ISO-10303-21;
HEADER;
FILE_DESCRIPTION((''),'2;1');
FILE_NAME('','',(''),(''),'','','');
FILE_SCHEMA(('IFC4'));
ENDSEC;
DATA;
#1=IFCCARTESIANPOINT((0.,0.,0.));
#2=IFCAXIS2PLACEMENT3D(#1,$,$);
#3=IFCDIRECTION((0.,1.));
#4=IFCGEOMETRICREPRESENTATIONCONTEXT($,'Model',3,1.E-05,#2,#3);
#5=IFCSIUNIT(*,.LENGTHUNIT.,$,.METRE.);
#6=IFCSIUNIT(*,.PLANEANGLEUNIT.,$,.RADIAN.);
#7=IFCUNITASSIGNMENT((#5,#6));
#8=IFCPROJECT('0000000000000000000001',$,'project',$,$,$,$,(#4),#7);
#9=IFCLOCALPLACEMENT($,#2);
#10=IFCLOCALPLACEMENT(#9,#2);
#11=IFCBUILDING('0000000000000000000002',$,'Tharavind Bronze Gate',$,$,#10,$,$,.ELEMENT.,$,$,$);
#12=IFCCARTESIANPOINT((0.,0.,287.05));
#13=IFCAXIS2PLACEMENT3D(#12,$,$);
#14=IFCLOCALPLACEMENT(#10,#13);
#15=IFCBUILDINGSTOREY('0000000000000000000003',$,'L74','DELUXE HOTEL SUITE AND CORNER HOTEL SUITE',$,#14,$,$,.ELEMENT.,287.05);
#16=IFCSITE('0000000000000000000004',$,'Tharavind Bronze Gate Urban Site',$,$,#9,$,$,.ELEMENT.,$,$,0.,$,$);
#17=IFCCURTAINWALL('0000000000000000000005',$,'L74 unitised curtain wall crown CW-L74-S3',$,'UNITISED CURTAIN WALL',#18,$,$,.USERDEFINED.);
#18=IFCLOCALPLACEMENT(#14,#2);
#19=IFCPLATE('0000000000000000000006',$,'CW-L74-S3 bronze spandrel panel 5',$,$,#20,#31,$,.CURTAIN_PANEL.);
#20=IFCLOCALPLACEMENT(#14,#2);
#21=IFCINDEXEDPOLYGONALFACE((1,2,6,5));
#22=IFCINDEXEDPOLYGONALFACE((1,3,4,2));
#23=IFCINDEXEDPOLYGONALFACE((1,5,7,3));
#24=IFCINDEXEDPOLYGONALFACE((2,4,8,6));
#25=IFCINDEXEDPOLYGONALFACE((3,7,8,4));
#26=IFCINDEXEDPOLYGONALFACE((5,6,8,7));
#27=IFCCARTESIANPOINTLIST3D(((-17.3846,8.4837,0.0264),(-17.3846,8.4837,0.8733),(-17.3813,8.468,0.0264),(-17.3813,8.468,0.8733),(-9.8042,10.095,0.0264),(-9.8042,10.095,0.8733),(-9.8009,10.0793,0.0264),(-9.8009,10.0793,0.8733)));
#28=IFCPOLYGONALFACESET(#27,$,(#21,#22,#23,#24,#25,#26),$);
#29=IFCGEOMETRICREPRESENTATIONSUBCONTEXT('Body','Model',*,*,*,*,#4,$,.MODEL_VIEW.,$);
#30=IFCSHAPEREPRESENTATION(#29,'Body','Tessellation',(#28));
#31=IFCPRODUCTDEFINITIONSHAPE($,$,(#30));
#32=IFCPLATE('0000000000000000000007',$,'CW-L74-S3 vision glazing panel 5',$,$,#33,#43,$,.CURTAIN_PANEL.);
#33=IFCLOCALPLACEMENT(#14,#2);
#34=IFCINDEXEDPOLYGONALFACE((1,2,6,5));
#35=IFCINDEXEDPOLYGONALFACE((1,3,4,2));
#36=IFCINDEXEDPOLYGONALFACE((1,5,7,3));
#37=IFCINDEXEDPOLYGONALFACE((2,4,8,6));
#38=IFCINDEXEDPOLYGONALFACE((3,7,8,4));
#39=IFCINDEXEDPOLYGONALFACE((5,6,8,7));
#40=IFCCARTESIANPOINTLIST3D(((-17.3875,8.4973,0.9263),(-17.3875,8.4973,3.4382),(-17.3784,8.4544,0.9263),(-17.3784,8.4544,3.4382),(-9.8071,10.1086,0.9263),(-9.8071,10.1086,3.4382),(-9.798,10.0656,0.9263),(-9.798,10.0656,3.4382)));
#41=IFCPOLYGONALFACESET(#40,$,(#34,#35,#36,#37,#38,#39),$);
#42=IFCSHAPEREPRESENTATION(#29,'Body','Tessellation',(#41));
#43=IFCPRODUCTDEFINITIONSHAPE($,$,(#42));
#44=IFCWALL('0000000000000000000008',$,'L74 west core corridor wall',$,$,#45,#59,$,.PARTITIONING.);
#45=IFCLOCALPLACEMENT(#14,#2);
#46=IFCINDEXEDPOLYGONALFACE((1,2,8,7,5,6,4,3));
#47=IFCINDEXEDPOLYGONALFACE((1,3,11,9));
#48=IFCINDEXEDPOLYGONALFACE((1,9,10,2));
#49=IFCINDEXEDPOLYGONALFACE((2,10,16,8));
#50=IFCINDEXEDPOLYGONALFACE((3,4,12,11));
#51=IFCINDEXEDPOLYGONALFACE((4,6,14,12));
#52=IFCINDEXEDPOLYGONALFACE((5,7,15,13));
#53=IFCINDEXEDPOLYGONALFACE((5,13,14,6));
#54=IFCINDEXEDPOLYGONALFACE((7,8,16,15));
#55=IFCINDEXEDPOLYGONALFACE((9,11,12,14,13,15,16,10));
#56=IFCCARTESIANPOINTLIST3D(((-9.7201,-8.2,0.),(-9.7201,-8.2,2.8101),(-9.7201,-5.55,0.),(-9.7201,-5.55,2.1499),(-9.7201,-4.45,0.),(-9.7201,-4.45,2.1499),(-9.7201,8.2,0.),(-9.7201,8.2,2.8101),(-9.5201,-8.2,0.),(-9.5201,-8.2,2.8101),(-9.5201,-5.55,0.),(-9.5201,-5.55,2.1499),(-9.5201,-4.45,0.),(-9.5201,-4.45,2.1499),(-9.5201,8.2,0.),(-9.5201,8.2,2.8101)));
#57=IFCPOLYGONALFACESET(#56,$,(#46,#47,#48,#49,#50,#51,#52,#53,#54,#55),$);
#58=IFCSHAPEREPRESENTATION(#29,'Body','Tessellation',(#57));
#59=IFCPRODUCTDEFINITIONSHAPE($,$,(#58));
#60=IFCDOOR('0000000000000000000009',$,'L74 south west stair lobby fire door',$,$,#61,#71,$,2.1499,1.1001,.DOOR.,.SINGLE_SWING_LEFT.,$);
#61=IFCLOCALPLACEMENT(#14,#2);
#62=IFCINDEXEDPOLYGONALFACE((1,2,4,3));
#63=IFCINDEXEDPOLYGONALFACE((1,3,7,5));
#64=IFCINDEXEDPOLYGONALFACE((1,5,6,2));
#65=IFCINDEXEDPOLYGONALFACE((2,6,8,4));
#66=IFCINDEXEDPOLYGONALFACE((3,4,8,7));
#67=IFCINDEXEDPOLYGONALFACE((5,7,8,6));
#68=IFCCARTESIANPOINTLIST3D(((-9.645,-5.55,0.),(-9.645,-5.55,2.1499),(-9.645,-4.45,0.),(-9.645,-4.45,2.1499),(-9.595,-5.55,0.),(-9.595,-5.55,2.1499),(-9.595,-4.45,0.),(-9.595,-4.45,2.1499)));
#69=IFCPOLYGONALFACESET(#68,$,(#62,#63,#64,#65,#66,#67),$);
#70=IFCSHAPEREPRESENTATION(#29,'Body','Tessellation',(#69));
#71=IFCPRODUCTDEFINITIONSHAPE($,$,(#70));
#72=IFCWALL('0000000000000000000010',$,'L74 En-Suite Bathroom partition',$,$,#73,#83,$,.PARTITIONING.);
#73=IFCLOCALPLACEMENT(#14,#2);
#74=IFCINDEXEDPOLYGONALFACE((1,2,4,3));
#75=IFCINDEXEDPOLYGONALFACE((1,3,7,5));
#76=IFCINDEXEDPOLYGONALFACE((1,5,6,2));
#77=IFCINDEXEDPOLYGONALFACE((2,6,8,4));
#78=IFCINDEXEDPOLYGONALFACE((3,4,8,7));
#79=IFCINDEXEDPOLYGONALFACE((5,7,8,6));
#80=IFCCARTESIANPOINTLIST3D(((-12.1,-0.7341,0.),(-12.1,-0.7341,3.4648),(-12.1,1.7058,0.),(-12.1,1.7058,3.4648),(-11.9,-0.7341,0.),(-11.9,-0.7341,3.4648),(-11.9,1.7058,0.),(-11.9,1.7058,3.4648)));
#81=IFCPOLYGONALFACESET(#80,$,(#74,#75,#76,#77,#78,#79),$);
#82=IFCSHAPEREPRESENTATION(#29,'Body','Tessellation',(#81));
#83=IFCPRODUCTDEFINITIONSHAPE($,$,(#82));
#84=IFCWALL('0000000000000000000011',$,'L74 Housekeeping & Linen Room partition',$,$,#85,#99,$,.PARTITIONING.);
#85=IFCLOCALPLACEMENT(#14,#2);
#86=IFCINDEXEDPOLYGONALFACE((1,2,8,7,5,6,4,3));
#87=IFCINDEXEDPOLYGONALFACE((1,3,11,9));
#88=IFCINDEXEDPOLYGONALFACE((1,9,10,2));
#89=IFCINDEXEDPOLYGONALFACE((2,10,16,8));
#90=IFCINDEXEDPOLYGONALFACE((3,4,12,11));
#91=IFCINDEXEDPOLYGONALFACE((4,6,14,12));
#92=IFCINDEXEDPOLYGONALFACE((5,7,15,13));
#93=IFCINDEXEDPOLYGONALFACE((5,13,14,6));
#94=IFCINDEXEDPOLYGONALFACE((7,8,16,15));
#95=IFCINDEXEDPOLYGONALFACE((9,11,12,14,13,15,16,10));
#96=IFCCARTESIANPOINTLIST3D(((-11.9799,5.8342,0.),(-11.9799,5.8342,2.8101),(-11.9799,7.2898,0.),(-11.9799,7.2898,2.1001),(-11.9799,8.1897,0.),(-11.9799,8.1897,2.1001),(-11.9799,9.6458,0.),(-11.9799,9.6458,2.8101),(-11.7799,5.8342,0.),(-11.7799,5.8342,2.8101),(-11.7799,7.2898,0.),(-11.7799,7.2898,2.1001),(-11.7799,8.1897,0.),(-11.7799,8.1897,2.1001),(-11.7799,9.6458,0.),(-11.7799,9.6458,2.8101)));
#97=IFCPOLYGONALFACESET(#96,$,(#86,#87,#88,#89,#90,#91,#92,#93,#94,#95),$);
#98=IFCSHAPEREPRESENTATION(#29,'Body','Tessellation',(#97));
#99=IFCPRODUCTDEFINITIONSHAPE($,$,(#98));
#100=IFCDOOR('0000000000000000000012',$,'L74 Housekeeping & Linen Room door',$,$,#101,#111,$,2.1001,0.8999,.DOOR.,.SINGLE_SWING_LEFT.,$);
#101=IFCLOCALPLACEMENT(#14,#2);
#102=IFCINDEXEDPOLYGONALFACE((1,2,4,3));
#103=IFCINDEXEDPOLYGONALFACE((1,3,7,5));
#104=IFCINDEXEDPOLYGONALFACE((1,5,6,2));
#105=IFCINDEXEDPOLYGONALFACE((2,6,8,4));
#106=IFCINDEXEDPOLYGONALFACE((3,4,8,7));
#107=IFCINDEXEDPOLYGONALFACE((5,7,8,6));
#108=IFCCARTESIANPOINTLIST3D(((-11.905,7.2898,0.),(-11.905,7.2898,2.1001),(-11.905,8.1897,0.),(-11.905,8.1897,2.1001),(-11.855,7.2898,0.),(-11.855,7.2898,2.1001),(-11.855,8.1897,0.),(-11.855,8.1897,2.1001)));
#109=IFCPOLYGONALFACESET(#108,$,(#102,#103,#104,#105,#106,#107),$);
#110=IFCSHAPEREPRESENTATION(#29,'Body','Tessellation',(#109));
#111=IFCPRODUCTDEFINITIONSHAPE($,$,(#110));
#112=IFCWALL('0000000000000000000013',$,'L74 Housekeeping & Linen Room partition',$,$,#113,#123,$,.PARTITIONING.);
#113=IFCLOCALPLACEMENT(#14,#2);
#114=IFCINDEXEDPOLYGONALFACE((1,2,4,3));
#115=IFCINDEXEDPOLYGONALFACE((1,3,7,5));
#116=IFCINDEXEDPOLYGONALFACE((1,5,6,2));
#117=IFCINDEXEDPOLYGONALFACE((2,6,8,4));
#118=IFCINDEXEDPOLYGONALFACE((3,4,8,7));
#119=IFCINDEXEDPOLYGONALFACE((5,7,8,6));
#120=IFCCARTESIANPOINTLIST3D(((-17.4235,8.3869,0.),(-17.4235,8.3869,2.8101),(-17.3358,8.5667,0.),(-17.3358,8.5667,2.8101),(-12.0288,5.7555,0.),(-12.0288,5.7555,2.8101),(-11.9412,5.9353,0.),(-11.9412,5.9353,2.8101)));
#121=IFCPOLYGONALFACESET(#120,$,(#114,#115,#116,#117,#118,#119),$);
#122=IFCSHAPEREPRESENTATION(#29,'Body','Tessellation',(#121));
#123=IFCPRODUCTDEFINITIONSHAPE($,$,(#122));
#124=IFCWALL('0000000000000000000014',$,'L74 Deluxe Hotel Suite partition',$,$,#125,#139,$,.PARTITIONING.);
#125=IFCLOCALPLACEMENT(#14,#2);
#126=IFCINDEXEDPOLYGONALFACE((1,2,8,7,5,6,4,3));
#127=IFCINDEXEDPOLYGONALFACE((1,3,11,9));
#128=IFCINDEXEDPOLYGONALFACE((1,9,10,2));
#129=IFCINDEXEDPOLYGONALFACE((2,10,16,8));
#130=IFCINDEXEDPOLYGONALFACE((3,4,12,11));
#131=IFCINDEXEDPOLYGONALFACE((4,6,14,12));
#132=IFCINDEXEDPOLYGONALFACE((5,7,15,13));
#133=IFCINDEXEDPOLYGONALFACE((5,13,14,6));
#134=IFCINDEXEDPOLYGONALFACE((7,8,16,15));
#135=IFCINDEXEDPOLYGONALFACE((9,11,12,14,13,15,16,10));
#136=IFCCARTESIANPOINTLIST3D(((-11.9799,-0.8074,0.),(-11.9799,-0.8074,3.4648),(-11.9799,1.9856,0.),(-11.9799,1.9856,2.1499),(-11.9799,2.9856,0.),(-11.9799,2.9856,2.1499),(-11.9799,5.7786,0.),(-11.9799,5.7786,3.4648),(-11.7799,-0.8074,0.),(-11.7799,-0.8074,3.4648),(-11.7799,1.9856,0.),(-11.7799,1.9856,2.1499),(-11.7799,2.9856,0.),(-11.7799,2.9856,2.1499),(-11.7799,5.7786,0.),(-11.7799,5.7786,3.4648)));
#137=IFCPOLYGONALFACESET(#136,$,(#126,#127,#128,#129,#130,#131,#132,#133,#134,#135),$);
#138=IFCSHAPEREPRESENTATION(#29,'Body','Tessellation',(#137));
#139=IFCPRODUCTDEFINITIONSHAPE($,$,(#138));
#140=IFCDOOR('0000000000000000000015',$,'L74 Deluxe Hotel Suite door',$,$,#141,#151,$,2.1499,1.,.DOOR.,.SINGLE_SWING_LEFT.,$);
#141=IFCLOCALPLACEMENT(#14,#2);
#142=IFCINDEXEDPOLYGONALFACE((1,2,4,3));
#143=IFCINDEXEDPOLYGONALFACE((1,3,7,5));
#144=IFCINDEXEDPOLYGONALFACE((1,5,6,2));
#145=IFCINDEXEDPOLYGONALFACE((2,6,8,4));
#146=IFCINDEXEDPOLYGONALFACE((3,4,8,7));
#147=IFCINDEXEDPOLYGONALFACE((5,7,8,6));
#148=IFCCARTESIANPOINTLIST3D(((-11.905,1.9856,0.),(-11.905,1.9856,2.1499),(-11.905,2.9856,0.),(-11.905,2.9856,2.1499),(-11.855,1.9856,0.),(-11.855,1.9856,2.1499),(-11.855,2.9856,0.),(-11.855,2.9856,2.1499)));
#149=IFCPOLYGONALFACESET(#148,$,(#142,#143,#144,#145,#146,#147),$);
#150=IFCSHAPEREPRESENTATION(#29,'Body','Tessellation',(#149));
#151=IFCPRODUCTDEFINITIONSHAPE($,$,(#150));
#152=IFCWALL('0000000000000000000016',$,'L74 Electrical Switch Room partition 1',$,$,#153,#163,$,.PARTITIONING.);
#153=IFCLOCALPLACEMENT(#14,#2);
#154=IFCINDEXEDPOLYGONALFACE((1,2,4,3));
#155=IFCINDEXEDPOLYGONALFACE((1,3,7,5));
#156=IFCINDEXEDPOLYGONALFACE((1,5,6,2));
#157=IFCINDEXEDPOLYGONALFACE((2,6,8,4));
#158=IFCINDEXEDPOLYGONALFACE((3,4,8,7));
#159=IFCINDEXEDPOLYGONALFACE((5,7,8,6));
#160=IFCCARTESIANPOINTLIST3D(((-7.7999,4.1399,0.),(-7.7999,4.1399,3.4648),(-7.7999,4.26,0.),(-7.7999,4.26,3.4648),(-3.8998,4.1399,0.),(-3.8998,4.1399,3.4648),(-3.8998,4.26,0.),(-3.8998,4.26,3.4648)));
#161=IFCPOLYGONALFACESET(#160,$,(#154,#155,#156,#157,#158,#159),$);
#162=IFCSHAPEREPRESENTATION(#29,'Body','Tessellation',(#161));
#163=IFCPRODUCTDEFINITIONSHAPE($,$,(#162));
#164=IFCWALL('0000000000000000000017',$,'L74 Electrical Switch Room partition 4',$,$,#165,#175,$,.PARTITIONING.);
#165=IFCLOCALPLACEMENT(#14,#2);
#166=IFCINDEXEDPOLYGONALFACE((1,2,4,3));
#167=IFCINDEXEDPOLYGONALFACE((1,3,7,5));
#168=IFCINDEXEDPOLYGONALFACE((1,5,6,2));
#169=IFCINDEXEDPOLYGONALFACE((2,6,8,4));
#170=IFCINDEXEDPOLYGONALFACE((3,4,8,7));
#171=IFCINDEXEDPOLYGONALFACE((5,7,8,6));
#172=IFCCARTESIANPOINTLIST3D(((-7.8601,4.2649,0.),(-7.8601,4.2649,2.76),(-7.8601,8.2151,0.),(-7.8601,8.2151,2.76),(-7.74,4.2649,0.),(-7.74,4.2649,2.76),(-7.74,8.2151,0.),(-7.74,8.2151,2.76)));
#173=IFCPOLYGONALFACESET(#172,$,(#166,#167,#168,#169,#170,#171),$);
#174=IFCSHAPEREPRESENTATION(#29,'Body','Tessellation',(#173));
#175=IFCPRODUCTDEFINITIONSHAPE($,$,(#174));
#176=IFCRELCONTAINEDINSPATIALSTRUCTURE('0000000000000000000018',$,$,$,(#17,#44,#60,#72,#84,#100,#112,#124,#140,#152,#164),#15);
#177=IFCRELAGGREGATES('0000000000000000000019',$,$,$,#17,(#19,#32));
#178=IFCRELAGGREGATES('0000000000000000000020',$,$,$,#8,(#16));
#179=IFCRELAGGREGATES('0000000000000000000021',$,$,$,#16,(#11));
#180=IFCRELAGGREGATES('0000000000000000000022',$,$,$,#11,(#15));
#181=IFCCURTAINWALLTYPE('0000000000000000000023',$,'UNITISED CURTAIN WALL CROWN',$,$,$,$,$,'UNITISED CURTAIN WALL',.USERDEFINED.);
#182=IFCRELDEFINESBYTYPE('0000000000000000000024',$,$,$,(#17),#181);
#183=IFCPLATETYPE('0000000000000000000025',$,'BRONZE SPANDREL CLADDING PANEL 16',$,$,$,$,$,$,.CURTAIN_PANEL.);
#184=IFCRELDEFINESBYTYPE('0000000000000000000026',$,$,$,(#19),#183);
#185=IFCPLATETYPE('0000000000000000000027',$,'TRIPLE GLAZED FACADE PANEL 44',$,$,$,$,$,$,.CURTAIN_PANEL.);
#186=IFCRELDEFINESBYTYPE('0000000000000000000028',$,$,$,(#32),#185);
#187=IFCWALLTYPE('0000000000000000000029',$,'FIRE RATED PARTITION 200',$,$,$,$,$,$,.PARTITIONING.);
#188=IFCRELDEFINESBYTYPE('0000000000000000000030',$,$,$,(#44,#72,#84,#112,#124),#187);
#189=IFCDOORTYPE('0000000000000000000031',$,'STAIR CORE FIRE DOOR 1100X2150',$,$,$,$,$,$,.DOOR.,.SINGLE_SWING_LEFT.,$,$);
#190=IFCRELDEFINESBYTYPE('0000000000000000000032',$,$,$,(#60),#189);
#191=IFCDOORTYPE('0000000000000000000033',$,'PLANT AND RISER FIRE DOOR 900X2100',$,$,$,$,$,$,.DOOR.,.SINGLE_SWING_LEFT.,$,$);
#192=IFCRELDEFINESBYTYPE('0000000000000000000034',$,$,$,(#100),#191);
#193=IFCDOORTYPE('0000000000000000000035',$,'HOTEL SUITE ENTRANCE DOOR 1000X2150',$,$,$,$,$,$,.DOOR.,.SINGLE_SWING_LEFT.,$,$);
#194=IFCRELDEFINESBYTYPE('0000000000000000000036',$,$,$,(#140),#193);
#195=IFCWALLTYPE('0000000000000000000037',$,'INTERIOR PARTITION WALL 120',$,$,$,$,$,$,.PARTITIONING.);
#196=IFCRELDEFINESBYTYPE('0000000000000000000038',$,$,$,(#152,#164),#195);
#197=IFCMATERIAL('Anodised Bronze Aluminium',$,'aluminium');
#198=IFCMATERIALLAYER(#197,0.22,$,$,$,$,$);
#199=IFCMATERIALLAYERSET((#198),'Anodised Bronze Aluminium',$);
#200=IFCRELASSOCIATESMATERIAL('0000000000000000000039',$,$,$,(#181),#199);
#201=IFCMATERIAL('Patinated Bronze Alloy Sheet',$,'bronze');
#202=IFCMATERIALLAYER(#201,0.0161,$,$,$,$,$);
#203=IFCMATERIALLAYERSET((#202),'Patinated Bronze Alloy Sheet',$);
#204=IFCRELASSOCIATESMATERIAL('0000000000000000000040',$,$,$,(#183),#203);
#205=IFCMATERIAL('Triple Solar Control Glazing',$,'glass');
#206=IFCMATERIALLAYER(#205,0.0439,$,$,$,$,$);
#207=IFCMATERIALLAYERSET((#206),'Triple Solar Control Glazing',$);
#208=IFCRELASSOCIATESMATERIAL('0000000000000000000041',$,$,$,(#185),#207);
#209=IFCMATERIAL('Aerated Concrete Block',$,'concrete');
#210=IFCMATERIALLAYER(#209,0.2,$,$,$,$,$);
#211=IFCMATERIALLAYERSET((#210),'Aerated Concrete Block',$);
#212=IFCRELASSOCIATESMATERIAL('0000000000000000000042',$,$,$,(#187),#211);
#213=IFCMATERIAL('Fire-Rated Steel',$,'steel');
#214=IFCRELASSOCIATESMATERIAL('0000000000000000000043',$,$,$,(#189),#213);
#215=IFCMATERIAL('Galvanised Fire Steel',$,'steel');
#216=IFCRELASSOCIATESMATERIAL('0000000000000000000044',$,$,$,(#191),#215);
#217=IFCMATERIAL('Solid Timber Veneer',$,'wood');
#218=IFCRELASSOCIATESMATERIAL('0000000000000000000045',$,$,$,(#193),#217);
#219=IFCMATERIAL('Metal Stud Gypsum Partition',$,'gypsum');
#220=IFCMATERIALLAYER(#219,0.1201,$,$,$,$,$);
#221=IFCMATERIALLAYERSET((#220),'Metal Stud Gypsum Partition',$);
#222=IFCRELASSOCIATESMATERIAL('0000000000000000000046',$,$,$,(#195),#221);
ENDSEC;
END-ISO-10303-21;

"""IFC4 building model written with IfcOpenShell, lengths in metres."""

from ifc_helpers import new_model, si_unit, direction, frame, frame_2d, origin, origin_2d, place, context, subcontext, project, spatial, rectangle, extrude, material, layer, layer_set, type_object, element, fill, aggregate, save


model = new_model("IFC4")

# Units and contexts
model_context = context("Model", 3, precision=1e-05, world=origin(), true_north=direction((0.0, 1.0)))
body_context = subcontext(model_context, "Body", "Model", "MODEL_VIEW")
ifc_project = project(units=[si_unit("LENGTHUNIT", "METRE"), si_unit("PLANEANGLEUNIT", "RADIAN")], contexts=[model_context])

# Site, building, storey
site_placement = place(None, origin())
site = spatial("IfcSite", under=ifc_project, at=site_placement, Name="Tharavind Bronze Gate Urban Site", CompositionType="ELEMENT", RefElevation=0.0)
building_placement = place(site_placement, origin())
building = spatial("IfcBuilding", under=site, at=building_placement, Name="Tharavind Bronze Gate", CompositionType="ELEMENT")
storey_placement = place(building_placement, frame((0.0, 0.0, 287.05)))
storey = spatial("IfcBuildingStorey", under=building, at=storey_placement, Name="L74", Description="DELUXE HOTEL SUITE AND CORNER HOTEL SUITE", CompositionType="ELEMENT", Elevation=287.05)

# Curtain wall
ifc_material_1 = material(Name="Anodised Bronze Aluminium", Category="aluminium")
ifc_layer_1 = layer(ifc_material_1, 0.22)
ifc_layer_set_1 = layer_set([ifc_layer_1], Name="Anodised Bronze Aluminium")
curtain_wall_type = type_object("IfcCurtainWallType", Name="UNITISED CURTAIN WALL CROWN", ElementType="UNITISED CURTAIN WALL", PredefinedType="USERDEFINED", material=ifc_layer_set_1)
curtain_wall_placement = place(storey_placement, origin())
curtain_wall = element("IfcCurtainWall", 1, at=curtain_wall_placement, inside=storey, type_object=curtain_wall_type, Name="L74 unitised curtain wall crown CW-L74-S3", ObjectType="UNITISED CURTAIN WALL", PredefinedType="USERDEFINED")

# Plates
ifc_material_2 = material(Name="Patinated Bronze Alloy Sheet", Category="bronze")
ifc_layer_2 = layer(ifc_material_2, 0.0161)
ifc_layer_set_2 = layer_set([ifc_layer_2], Name="Patinated Bronze Alloy Sheet")
plate_type_1 = type_object("IfcPlateType", Name="BRONZE SPANDREL CLADDING PANEL 16", PredefinedType="CURTAIN_PANEL", material=ifc_layer_set_2)
plate_1_placement = place(storey_placement, frame((-13.5928, 9.2815, 0.0264), z_axis=(0.0, 0.0, 1.0), x_axis=(-0.978147, -0.207913, 0.0)))
plate_1 = element("IfcPlate", 2, at=plate_1_placement, type_object=plate_type_1, Name="CW-L74-S3 bronze spandrel panel 5", PredefinedType="CURTAIN_PANEL", context=body_context, shape_type="SweptSolid", body=[
    extrude(rectangle(XDim=7.7498, YDim=0.0161, at=origin_2d()), origin(), (0.0, 0.0, 1.0), 0.8469),
])
ifc_material_3 = material(Name="Triple Solar Control Glazing", Category="glass")
ifc_layer_3 = layer(ifc_material_3, 0.0439)
ifc_layer_set_3 = layer_set([ifc_layer_3], Name="Triple Solar Control Glazing")
plate_type_2 = type_object("IfcPlateType", Name="TRIPLE GLAZED FACADE PANEL 44", PredefinedType="CURTAIN_PANEL", material=ifc_layer_set_3)
plate_2_placement = place(storey_placement, frame((-13.5928, 9.2815, 0.9263), z_axis=(0.0, 0.0, 1.0), x_axis=(-0.978147, -0.207913, 0.0)))
plate_2 = element("IfcPlate", 3, at=plate_2_placement, type_object=plate_type_2, Name="CW-L74-S3 vision glazing panel 5", PredefinedType="CURTAIN_PANEL", context=body_context, shape_type="SweptSolid", body=[
    extrude(rectangle(XDim=7.7498, YDim=0.0439, at=origin_2d()), origin(), (0.0, 0.0, 1.0), 2.512),
])
aggregate(curtain_wall, [plate_1, plate_2])

# Wall, opening, door
ifc_material_4 = material(Name="Aerated Concrete Block", Category="concrete")
ifc_layer_4 = layer(ifc_material_4, 0.2)
ifc_layer_set_4 = layer_set([ifc_layer_4], Name="Aerated Concrete Block")
wall_type_1 = type_object("IfcWallType", Name="FIRE RATED PARTITION 200", PredefinedType="PARTITIONING", material=ifc_layer_set_4)
wall_1_placement = place(storey_placement, frame((-9.6201, 8.2, 0.0), z_axis=(0.0, 0.0, 1.0), x_axis=(0.0, -1.0, 0.0)))
wall_1 = element("IfcWall", 4, at=wall_1_placement, inside=storey, type_object=wall_type_1, Name="L74 west core corridor wall", PredefinedType="PARTITIONING", context=body_context, shape_type="SweptSolid", body=[
    extrude(rectangle(XDim=16.3999, YDim=0.2, at=frame_2d((8.2, 0.0))), origin(), (0.0, 0.0, 1.0), 2.8101),
])
opening_1_placement = place(wall_1_placement, frame((12.6499, 0.0, 0.0)))
opening_1 = element("IfcOpeningElement", 5, at=opening_1_placement, cuts=wall_1, PredefinedType="OPENING", context=body_context, shape_type="SweptSolid", body=[
    extrude(rectangle(XDim=1.1001, YDim=2.1499, at=frame_2d((0.55, 1.075))), frame((0.0, 0.1101, 0.0), z_axis=(0.0, -1.0, 0.0), x_axis=(1.0, 0.0, 0.0)), (0.0, 0.0, 1.0), 0.22),
])
ifc_material_5 = material(Name="Fire-Rated Steel", Category="steel")
door_type_1 = type_object("IfcDoorType", Name="STAIR CORE FIRE DOOR 1100X2150", OperationType="SINGLE_SWING_LEFT", PredefinedType="DOOR", material=ifc_material_5)
door_1_placement = place(opening_1_placement, frame((1.1001, 0.0, 0.0), z_axis=(0.0, 0.0, 1.0), x_axis=(-1.0, 0.0, 0.0)))
door_1 = element("IfcDoor", 6, at=door_1_placement, inside=storey, type_object=door_type_1, Name="L74 south west stair lobby fire door", OperationType="SINGLE_SWING_LEFT", OverallHeight=2.1499, OverallWidth=1.1001, PredefinedType="DOOR", context=body_context, shape_type="SweptSolid", body=[
    extrude(rectangle(XDim=1.1001, YDim=2.1499, at=frame_2d((0.55, 1.075))), frame((0.0, 0.0249, 0.0), z_axis=(0.0, -1.0, 0.0), x_axis=(1.0, 0.0, 0.0)), (0.0, 0.0, 1.0), 0.05),
])
fill(opening_1, door_1)

# Wall
wall_2_placement = place(storey_placement, frame((-12.0, 1.7058, 0.0), z_axis=(0.0, 0.0, 1.0), x_axis=(0.0, -1.0, 0.0)))
element("IfcWall", 7, at=wall_2_placement, inside=storey, type_object=wall_type_1, Name="L74 En-Suite Bathroom partition", PredefinedType="PARTITIONING", context=body_context, shape_type="SweptSolid", body=[
    extrude(rectangle(XDim=2.4399, YDim=0.2, at=frame_2d((1.22, 0.0))), origin(), (0.0, 0.0, 1.0), 3.4648),
])

# Wall, opening, door
wall_3_placement = place(storey_placement, frame((-11.8799, 9.6458, 0.0), z_axis=(0.0, 0.0, 1.0), x_axis=(0.0, -1.0, 0.0)))
wall_3 = element("IfcWall", 8, at=wall_3_placement, inside=storey, type_object=wall_type_1, Name="L74 Housekeeping & Linen Room partition", PredefinedType="PARTITIONING", context=body_context, shape_type="SweptSolid", body=[
    extrude(rectangle(XDim=3.8115, YDim=0.2, at=frame_2d((1.9058, 0.0))), origin(), (0.0, 0.0, 1.0), 2.8101),
])
opening_2_placement = place(wall_3_placement, frame((1.4561, 0.0, 0.0)))
opening_2 = element("IfcOpeningElement", 9, at=opening_2_placement, cuts=wall_3, PredefinedType="OPENING", context=body_context, shape_type="SweptSolid", body=[
    extrude(rectangle(XDim=0.8999, YDim=2.1001, at=frame_2d((0.45, 1.05))), frame((0.0, 0.1101, 0.0), z_axis=(0.0, -1.0, 0.0), x_axis=(1.0, 0.0, 0.0)), (0.0, 0.0, 1.0), 0.22),
])
ifc_material_6 = material(Name="Galvanised Fire Steel", Category="steel")
door_type_2 = type_object("IfcDoorType", Name="PLANT AND RISER FIRE DOOR 900X2100", OperationType="SINGLE_SWING_LEFT", PredefinedType="DOOR", material=ifc_material_6)
door_2_placement = place(opening_2_placement, origin())
door_2 = element("IfcDoor", 10, at=door_2_placement, inside=storey, type_object=door_type_2, Name="L74 Housekeeping & Linen Room door", OperationType="SINGLE_SWING_LEFT", OverallHeight=2.1001, OverallWidth=0.8999, PredefinedType="DOOR", context=body_context, shape_type="SweptSolid", body=[
    extrude(rectangle(XDim=0.8999, YDim=2.1001, at=frame_2d((0.45, 1.05))), frame((0.0, 0.0249, 0.0), z_axis=(0.0, -1.0, 0.0), x_axis=(1.0, 0.0, 0.0)), (0.0, 0.0, 1.0), 0.05),
])
fill(opening_2, door_2)

# Wall
wall_4_placement = place(storey_placement, frame((-11.9851, 5.8455, 0.0), z_axis=(0.0, 0.0, 1.0), x_axis=(-0.898777, 0.438406, 0.0)))
element("IfcWall", 11, at=wall_4_placement, inside=storey, type_object=wall_type_1, Name="L74 Housekeeping & Linen Room partition", PredefinedType="PARTITIONING", context=body_context, shape_type="SweptSolid", body=[
    extrude(rectangle(XDim=6.0022, YDim=0.2, at=frame_2d((3.001, 0.0))), origin(), (0.0, 0.0, 1.0), 2.8101),
])

# Wall, opening, door
wall_5_placement = place(storey_placement, frame((-11.8799, 5.7786, 0.0), z_axis=(0.0, 0.0, 1.0), x_axis=(0.0, -1.0, 0.0)))
wall_5 = element("IfcWall", 12, at=wall_5_placement, inside=storey, type_object=wall_type_1, Name="L74 Deluxe Hotel Suite partition", PredefinedType="PARTITIONING", context=body_context, shape_type="SweptSolid", body=[
    extrude(rectangle(XDim=6.5859, YDim=0.2, at=frame_2d((3.293, 0.0))), origin(), (0.0, 0.0, 1.0), 3.4648),
])
opening_3_placement = place(wall_5_placement, frame((2.793, 0.0, 0.0)))
opening_3 = element("IfcOpeningElement", 13, at=opening_3_placement, cuts=wall_5, PredefinedType="OPENING", context=body_context, shape_type="SweptSolid", body=[
    extrude(rectangle(XDim=1.0, YDim=2.1499, at=frame_2d((0.5, 1.075))), frame((0.0, 0.1101, 0.0), z_axis=(0.0, -1.0, 0.0), x_axis=(1.0, 0.0, 0.0)), (0.0, 0.0, 1.0), 0.22),
])
ifc_material_7 = material(Name="Solid Timber Veneer", Category="wood")
door_type_3 = type_object("IfcDoorType", Name="HOTEL SUITE ENTRANCE DOOR 1000X2150", OperationType="SINGLE_SWING_LEFT", PredefinedType="DOOR", material=ifc_material_7)
door_3_placement = place(opening_3_placement, origin())
door_3 = element("IfcDoor", 14, at=door_3_placement, inside=storey, type_object=door_type_3, Name="L74 Deluxe Hotel Suite door", OperationType="SINGLE_SWING_LEFT", OverallHeight=2.1499, OverallWidth=1.0, PredefinedType="DOOR", context=body_context, shape_type="SweptSolid", body=[
    extrude(rectangle(XDim=1.0, YDim=2.1499, at=frame_2d((0.5, 1.075))), frame((0.0, 0.0249, 0.0), z_axis=(0.0, -1.0, 0.0), x_axis=(1.0, 0.0, 0.0)), (0.0, 0.0, 1.0), 0.05),
])
fill(opening_3, door_3)

# Walls
ifc_material_8 = material(Name="Metal Stud Gypsum Partition", Category="gypsum")
ifc_layer_5 = layer(ifc_material_8, 0.1201)
ifc_layer_set_5 = layer_set([ifc_layer_5], Name="Metal Stud Gypsum Partition")
wall_type_2 = type_object("IfcWallType", Name="INTERIOR PARTITION WALL 120", PredefinedType="PARTITIONING", material=ifc_layer_set_5)
wall_6_placement = place(storey_placement, frame((-7.8, 4.2, 0.0), z_axis=(0.0, 0.0, 1.0), x_axis=(1.0, 0.0, 0.0)))
element("IfcWall", 15, at=wall_6_placement, inside=storey, type_object=wall_type_2, Name="L74 Electrical Switch Room partition 1", PredefinedType="PARTITIONING", context=body_context, shape_type="SweptSolid", body=[
    extrude(rectangle(XDim=3.9001, YDim=0.1201, at=frame_2d((1.9502, 0.0))), origin(), (0.0, 0.0, 1.0), 3.4648),
])
wall_7_placement = place(storey_placement, frame((-7.8, 8.2151, 0.0), z_axis=(0.0, 0.0, 1.0), x_axis=(0.0, -1.0, 0.0)))
element("IfcWall", 16, at=wall_7_placement, inside=storey, type_object=wall_type_2, Name="L74 Electrical Switch Room partition 4", PredefinedType="PARTITIONING", context=body_context, shape_type="SweptSolid", body=[
    extrude(rectangle(XDim=3.9502, YDim=0.1201, at=frame_2d((1.9751, 0.0))), origin(), (0.0, 0.0, 1.0), 2.76),
])

save(model, "model.ifc")
